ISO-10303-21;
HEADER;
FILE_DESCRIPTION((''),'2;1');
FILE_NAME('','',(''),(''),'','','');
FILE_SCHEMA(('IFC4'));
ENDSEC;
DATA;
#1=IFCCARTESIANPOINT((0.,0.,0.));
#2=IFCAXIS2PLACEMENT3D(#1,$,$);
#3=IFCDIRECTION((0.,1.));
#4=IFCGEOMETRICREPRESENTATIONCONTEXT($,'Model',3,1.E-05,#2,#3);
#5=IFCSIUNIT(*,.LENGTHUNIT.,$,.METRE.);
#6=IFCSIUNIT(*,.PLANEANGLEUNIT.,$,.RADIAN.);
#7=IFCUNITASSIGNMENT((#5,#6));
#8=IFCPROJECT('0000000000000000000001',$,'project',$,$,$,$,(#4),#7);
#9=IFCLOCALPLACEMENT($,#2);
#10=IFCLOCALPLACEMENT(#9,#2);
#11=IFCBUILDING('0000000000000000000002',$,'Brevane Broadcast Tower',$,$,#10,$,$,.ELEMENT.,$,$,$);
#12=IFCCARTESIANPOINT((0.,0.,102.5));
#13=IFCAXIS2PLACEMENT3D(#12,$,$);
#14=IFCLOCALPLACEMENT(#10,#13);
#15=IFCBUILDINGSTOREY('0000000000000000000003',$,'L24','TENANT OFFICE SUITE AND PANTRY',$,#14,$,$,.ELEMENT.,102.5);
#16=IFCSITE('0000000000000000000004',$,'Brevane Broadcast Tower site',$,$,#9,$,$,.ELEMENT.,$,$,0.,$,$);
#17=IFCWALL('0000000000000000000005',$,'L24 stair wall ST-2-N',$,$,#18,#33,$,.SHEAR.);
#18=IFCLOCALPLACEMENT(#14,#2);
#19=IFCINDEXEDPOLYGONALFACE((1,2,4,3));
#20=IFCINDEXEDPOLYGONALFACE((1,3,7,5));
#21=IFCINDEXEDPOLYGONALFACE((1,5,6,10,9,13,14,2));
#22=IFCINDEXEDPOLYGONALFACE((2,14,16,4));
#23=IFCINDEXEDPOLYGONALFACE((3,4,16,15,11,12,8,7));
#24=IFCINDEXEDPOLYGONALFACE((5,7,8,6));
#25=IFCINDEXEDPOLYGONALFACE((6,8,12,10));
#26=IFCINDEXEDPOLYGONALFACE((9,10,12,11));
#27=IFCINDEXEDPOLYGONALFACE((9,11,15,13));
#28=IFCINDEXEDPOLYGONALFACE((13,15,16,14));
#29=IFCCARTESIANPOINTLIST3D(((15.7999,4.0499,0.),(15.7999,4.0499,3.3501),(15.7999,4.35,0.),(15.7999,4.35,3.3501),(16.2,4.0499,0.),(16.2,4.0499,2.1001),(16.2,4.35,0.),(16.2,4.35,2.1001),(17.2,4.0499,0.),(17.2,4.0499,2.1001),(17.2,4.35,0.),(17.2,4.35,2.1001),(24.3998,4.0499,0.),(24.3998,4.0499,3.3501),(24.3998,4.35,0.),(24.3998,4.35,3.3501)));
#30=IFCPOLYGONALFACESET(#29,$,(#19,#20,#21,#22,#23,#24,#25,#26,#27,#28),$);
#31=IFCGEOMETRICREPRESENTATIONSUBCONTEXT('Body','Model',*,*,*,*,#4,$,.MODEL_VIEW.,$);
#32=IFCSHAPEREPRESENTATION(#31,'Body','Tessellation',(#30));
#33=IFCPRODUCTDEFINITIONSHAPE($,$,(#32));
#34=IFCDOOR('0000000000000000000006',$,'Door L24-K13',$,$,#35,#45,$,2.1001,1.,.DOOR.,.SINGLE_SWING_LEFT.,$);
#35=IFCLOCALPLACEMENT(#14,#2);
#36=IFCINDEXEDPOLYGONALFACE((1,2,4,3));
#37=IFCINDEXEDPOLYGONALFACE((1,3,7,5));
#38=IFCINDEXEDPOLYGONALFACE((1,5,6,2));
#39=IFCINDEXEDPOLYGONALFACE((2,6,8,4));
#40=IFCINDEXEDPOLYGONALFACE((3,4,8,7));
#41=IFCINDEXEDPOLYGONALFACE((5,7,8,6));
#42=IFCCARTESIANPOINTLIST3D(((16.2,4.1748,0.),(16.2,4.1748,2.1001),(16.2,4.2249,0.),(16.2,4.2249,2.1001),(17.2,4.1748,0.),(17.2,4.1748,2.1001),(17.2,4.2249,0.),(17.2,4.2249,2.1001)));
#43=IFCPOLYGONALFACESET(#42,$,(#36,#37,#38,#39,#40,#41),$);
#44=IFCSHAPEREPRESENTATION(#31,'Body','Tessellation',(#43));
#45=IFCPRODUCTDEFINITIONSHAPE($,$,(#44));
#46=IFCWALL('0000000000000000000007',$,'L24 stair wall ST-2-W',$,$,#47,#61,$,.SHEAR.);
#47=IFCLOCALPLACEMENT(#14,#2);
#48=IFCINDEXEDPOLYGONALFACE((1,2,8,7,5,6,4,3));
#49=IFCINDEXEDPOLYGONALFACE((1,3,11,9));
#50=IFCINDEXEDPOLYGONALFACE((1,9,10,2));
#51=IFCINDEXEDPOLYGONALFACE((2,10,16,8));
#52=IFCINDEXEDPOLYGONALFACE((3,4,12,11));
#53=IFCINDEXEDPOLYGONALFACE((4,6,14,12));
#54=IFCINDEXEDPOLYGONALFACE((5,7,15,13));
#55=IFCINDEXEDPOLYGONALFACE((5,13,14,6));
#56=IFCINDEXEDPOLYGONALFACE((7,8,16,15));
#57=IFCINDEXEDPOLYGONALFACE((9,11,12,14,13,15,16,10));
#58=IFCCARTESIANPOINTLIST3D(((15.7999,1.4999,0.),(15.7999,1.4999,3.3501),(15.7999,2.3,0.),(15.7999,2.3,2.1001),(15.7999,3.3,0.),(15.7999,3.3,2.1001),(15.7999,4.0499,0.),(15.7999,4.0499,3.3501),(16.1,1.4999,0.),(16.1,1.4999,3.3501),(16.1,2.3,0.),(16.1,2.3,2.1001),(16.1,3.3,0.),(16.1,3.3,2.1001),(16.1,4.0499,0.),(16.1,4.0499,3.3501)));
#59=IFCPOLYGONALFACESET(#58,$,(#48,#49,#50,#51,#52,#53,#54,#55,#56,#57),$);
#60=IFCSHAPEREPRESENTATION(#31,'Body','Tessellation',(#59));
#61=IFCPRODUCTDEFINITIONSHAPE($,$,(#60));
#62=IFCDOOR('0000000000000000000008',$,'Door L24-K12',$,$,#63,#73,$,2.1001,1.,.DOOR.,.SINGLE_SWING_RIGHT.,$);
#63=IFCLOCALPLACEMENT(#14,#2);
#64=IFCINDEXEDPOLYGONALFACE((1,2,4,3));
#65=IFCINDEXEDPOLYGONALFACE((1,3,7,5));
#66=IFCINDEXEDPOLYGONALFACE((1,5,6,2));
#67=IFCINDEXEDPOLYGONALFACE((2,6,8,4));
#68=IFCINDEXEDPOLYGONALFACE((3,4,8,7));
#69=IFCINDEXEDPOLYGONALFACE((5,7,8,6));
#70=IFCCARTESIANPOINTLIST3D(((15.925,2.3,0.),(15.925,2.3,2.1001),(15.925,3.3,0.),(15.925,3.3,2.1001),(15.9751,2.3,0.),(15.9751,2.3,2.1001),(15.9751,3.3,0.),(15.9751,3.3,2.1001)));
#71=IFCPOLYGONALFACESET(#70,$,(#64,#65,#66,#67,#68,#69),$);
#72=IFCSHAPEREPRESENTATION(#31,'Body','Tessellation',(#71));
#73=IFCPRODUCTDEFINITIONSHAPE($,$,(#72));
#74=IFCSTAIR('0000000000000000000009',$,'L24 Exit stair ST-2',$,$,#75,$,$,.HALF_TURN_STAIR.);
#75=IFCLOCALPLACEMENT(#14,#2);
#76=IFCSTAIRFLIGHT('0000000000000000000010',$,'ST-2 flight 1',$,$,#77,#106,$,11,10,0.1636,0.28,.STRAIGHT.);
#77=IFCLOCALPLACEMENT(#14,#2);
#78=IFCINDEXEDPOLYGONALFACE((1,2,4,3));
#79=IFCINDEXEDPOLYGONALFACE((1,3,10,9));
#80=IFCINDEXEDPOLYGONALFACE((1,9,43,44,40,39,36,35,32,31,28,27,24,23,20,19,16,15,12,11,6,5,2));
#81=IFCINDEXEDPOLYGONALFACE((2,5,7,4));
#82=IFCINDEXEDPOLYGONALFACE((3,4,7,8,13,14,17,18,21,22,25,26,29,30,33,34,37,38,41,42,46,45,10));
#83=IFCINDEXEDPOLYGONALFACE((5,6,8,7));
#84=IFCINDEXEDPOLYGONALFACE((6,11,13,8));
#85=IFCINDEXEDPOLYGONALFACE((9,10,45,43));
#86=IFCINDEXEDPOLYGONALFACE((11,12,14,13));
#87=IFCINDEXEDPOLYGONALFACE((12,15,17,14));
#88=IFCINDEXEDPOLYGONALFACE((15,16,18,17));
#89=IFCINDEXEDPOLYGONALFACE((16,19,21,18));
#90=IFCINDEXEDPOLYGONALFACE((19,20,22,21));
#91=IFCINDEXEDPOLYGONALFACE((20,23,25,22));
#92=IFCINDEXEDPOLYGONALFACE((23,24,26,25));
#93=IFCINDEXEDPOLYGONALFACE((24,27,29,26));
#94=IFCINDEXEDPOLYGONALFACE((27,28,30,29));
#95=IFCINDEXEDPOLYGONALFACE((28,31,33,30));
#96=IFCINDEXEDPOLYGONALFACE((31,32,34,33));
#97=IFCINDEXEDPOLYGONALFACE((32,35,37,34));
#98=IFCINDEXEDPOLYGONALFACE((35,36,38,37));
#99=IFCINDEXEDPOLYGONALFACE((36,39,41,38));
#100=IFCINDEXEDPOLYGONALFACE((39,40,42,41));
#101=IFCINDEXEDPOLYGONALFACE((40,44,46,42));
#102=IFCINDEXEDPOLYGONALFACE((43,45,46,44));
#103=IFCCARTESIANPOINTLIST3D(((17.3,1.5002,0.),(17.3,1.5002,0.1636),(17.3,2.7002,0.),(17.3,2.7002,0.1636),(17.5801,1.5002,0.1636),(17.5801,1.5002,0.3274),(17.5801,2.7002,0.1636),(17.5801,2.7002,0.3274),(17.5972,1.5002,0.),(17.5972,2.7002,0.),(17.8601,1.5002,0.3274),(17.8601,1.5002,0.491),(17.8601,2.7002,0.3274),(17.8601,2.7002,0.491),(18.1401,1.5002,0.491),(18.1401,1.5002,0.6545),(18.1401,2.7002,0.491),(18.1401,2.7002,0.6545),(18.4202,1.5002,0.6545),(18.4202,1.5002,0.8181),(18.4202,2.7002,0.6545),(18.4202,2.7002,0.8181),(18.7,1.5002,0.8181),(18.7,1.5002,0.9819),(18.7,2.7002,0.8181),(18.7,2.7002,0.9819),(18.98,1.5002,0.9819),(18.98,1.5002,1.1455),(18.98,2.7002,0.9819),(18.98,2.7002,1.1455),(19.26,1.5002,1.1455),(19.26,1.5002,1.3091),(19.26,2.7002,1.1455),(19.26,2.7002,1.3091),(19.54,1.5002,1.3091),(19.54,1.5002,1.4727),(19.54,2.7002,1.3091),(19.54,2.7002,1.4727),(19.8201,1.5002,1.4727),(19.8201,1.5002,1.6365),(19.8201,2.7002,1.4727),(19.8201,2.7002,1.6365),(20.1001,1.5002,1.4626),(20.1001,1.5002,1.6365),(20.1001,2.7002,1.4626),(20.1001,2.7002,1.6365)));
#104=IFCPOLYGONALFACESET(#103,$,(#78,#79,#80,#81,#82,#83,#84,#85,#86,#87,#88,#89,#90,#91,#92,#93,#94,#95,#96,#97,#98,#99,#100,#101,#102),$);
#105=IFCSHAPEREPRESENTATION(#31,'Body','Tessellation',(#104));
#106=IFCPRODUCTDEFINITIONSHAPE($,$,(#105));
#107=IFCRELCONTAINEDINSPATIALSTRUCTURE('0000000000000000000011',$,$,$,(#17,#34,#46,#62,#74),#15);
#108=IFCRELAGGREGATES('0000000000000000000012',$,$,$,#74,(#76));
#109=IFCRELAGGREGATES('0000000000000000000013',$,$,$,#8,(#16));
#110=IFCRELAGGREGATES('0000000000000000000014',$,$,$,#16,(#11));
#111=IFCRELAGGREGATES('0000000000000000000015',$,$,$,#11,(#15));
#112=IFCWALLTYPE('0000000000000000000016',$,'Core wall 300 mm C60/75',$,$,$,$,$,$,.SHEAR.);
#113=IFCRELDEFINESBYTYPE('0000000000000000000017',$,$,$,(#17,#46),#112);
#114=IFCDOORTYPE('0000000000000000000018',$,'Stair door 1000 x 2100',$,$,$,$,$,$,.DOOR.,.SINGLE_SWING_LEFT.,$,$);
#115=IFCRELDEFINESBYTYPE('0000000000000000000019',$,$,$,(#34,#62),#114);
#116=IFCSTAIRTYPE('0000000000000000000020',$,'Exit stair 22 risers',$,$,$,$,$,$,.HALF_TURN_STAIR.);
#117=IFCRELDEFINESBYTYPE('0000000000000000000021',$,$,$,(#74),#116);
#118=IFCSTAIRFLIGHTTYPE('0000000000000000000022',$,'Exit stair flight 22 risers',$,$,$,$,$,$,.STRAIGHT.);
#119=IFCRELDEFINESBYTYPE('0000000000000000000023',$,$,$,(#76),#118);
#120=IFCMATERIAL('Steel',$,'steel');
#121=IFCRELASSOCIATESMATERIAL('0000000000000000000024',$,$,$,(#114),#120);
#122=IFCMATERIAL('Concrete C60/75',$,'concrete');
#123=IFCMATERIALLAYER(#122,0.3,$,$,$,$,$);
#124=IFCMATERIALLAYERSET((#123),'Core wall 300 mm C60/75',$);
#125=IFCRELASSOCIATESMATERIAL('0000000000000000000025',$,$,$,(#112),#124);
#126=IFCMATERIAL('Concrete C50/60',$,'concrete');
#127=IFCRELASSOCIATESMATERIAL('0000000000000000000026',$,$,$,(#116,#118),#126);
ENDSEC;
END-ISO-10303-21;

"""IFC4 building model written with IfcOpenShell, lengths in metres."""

from ifc_helpers import new_model, si_unit, direction, frame, frame_2d, origin, place, context, subcontext, project, spatial, polyline, rectangle, outline, extrude, material, layer, layer_set, type_object, element, fill, aggregate, save


model = new_model("IFC4")

# Units and contexts
model_context = context("Model", 3, precision=1e-05, world=origin(), true_north=direction((0.0, 1.0)))
body_context = subcontext(model_context, "Body", "Model", "MODEL_VIEW")
ifc_project = project(units=[si_unit("LENGTHUNIT", "METRE"), si_unit("PLANEANGLEUNIT", "RADIAN")], contexts=[model_context])

# Site, building, storey
site_placement = place(None, origin())
site = spatial("IfcSite", under=ifc_project, at=site_placement, Name="Brevane Broadcast Tower site", CompositionType="ELEMENT", RefElevation=0.0)
building_placement = place(site_placement, origin())
building = spatial("IfcBuilding", under=site, at=building_placement, Name="Brevane Broadcast Tower", CompositionType="ELEMENT")
storey_placement = place(building_placement, frame((0.0, 0.0, 102.5)))
storey = spatial("IfcBuildingStorey", under=building, at=storey_placement, Name="L24", Description="TENANT OFFICE SUITE AND PANTRY", CompositionType="ELEMENT", Elevation=102.5)

# Shared definitions
ifc_material_1 = material(Name="Steel", Category="steel")
door_type_1 = type_object("IfcDoorType", Name="Stair door 1000 x 2100", OperationType="SINGLE_SWING_LEFT", PredefinedType="DOOR", material=ifc_material_1)

# Shared definitions
ifc_material_2 = material(Name="Concrete C60/75", Category="concrete")
ifc_layer_1 = layer(ifc_material_2, 0.3)
ifc_layer_set_1 = layer_set([ifc_layer_1], Name="Core wall 300 mm C60/75")
wall_type_1 = type_object("IfcWallType", Name="Core wall 300 mm C60/75", PredefinedType="SHEAR", material=ifc_layer_set_1)

# Walls, openings, doors
wall_1_placement = place(storey_placement, frame((15.8, 4.2, 0.0), z_axis=(0.0, 0.0, 1.0), x_axis=(1.0, 0.0, 0.0)))
wall_1 = element("IfcWall", 1, at=wall_1_placement, inside=storey, type_object=wall_type_1, Name="L24 stair wall ST-2-N", PredefinedType="SHEAR", context=body_context, shape_type="SweptSolid", body=[
    extrude(rectangle(XDim=8.5999, YDim=0.3, at=frame_2d((4.2998, 0.0))), origin(), (0.0, 0.0, 1.0), 3.3501),
])
opening_1_placement = place(wall_1_placement, frame((0.3999, 0.0, 0.0)))
opening_1 = element("IfcOpeningElement", 2, at=opening_1_placement, cuts=wall_1, PredefinedType="OPENING", context=body_context, shape_type="SweptSolid", body=[
    extrude(rectangle(XDim=1.0, YDim=2.1001, at=frame_2d((0.5, 1.05))), frame((0.0, 0.1599, 0.0), z_axis=(0.0, -1.0, 0.0), x_axis=(1.0, 0.0, 0.0)), (0.0, 0.0, 1.0), 0.3201),
])
door_1_placement = place(opening_1_placement, origin())
door_1 = element("IfcDoor", 3, at=door_1_placement, inside=storey, type_object=door_type_1, Name="Door L24-K13", OperationType="SINGLE_SWING_LEFT", OverallHeight=2.1001, OverallWidth=1.0, PredefinedType="DOOR", context=body_context, shape_type="SweptSolid", body=[
    extrude(rectangle(XDim=1.0, YDim=2.1001, at=frame_2d((0.5, 1.05))), frame((0.0, 0.0249, 0.0), z_axis=(0.0, -1.0, 0.0), x_axis=(1.0, 0.0, 0.0)), (0.0, 0.0, 1.0), 0.05),
])
fill(opening_1, door_1)
wall_2_placement = place(storey_placement, frame((15.95, 1.5, 0.0), z_axis=(0.0, 0.0, 1.0), x_axis=(0.0, 1.0, 0.0)))
wall_2 = element("IfcWall", 4, at=wall_2_placement, inside=storey, type_object=wall_type_1, Name="L24 stair wall ST-2-W", PredefinedType="SHEAR", context=body_context, shape_type="SweptSolid", body=[
    extrude(rectangle(XDim=2.55, YDim=0.3, at=frame_2d((1.2749, 0.0))), origin(), (0.0, 0.0, 1.0), 3.3501),
])
opening_2_placement = place(wall_2_placement, frame((0.8, 0.0, 0.0)))
opening_2 = element("IfcOpeningElement", 5, at=opening_2_placement, cuts=wall_2, PredefinedType="OPENING", context=body_context, shape_type="SweptSolid", body=[
    extrude(rectangle(XDim=1.0, YDim=2.1001, at=frame_2d((0.5, 1.05))), frame((0.0, 0.1599, 0.0), z_axis=(0.0, -1.0, 0.0), x_axis=(1.0, 0.0, 0.0)), (0.0, 0.0, 1.0), 0.3201),
])
door_2_placement = place(opening_2_placement, origin())
door_2 = element("IfcDoor", 6, at=door_2_placement, inside=storey, type_object=door_type_1, Name="Door L24-K12", OperationType="SINGLE_SWING_RIGHT", OverallHeight=2.1001, OverallWidth=1.0, PredefinedType="DOOR", context=body_context, shape_type="SweptSolid", body=[
    extrude(rectangle(XDim=1.0, YDim=2.1001, at=frame_2d((0.5, 1.05))), frame((0.0, 0.0249, 0.0), z_axis=(0.0, -1.0, 0.0), x_axis=(1.0, 0.0, 0.0)), (0.0, 0.0, 1.0), 0.05),
])
fill(opening_2, door_2)

# Stair, stair flight
ifc_material_3 = material(Name="Concrete C50/60", Category="concrete")
stair_type = type_object("IfcStairType", Name="Exit stair 22 risers", PredefinedType="HALF_TURN_STAIR", material=ifc_material_3)
stair_placement = place(storey_placement, origin())
stair = element("IfcStair", 7, at=stair_placement, inside=storey, type_object=stair_type, Name="L24 Exit stair ST-2", PredefinedType="HALF_TURN_STAIR")
stair_flight_type = type_object("IfcStairFlightType", Name="Exit stair flight 22 risers", PredefinedType="STRAIGHT", material=ifc_material_3)
stair_flight_placement = place(storey_placement, frame((17.3, 2.1001, 0.0), z_axis=(0.0, 0.0, 1.0), x_axis=(1.0, 0.0, 0.0)))
stair_flight = element("IfcStairFlight", 8, at=stair_flight_placement, type_object=stair_flight_type, Name="ST-2 flight 1", NumberOfRisers=11, NumberOfTreads=10, PredefinedType="STRAIGHT", RiserHeight=0.1636, TreadLength=0.28, context=body_context, shape_type="SweptSolid", body=[
    extrude(outline(polyline([(0.0, 0.0), (0.0, 0.1636), (0.28, 0.1636), (0.28, 0.3274), (0.5601, 0.3274), (0.5601, 0.491), (0.8401, 0.491), (0.8401, 0.6545), (1.1201, 0.6545), (1.1201, 0.8181), (1.3999, 0.8181), (1.3999, 0.9819), (1.6799, 0.9819), (1.6799, 1.1455), (1.96, 1.1455), (1.96, 1.3091), (2.24, 1.3091), (2.24, 1.4727), (2.52, 1.4727), (2.52, 1.6365), (2.8, 1.6365), (2.8, 1.8), (2.8, 1.4626), (0.2971, 0.0), (0.0, 0.0)])), frame((0.0, 0.6001, 0.0), z_axis=(0.0, -1.0, 0.0), x_axis=(1.0, 0.0, 0.0)), (0.0, 0.0, 1.0), 1.2),
])
aggregate(stair, [stair_flight])

save(model, "model.ifc")
